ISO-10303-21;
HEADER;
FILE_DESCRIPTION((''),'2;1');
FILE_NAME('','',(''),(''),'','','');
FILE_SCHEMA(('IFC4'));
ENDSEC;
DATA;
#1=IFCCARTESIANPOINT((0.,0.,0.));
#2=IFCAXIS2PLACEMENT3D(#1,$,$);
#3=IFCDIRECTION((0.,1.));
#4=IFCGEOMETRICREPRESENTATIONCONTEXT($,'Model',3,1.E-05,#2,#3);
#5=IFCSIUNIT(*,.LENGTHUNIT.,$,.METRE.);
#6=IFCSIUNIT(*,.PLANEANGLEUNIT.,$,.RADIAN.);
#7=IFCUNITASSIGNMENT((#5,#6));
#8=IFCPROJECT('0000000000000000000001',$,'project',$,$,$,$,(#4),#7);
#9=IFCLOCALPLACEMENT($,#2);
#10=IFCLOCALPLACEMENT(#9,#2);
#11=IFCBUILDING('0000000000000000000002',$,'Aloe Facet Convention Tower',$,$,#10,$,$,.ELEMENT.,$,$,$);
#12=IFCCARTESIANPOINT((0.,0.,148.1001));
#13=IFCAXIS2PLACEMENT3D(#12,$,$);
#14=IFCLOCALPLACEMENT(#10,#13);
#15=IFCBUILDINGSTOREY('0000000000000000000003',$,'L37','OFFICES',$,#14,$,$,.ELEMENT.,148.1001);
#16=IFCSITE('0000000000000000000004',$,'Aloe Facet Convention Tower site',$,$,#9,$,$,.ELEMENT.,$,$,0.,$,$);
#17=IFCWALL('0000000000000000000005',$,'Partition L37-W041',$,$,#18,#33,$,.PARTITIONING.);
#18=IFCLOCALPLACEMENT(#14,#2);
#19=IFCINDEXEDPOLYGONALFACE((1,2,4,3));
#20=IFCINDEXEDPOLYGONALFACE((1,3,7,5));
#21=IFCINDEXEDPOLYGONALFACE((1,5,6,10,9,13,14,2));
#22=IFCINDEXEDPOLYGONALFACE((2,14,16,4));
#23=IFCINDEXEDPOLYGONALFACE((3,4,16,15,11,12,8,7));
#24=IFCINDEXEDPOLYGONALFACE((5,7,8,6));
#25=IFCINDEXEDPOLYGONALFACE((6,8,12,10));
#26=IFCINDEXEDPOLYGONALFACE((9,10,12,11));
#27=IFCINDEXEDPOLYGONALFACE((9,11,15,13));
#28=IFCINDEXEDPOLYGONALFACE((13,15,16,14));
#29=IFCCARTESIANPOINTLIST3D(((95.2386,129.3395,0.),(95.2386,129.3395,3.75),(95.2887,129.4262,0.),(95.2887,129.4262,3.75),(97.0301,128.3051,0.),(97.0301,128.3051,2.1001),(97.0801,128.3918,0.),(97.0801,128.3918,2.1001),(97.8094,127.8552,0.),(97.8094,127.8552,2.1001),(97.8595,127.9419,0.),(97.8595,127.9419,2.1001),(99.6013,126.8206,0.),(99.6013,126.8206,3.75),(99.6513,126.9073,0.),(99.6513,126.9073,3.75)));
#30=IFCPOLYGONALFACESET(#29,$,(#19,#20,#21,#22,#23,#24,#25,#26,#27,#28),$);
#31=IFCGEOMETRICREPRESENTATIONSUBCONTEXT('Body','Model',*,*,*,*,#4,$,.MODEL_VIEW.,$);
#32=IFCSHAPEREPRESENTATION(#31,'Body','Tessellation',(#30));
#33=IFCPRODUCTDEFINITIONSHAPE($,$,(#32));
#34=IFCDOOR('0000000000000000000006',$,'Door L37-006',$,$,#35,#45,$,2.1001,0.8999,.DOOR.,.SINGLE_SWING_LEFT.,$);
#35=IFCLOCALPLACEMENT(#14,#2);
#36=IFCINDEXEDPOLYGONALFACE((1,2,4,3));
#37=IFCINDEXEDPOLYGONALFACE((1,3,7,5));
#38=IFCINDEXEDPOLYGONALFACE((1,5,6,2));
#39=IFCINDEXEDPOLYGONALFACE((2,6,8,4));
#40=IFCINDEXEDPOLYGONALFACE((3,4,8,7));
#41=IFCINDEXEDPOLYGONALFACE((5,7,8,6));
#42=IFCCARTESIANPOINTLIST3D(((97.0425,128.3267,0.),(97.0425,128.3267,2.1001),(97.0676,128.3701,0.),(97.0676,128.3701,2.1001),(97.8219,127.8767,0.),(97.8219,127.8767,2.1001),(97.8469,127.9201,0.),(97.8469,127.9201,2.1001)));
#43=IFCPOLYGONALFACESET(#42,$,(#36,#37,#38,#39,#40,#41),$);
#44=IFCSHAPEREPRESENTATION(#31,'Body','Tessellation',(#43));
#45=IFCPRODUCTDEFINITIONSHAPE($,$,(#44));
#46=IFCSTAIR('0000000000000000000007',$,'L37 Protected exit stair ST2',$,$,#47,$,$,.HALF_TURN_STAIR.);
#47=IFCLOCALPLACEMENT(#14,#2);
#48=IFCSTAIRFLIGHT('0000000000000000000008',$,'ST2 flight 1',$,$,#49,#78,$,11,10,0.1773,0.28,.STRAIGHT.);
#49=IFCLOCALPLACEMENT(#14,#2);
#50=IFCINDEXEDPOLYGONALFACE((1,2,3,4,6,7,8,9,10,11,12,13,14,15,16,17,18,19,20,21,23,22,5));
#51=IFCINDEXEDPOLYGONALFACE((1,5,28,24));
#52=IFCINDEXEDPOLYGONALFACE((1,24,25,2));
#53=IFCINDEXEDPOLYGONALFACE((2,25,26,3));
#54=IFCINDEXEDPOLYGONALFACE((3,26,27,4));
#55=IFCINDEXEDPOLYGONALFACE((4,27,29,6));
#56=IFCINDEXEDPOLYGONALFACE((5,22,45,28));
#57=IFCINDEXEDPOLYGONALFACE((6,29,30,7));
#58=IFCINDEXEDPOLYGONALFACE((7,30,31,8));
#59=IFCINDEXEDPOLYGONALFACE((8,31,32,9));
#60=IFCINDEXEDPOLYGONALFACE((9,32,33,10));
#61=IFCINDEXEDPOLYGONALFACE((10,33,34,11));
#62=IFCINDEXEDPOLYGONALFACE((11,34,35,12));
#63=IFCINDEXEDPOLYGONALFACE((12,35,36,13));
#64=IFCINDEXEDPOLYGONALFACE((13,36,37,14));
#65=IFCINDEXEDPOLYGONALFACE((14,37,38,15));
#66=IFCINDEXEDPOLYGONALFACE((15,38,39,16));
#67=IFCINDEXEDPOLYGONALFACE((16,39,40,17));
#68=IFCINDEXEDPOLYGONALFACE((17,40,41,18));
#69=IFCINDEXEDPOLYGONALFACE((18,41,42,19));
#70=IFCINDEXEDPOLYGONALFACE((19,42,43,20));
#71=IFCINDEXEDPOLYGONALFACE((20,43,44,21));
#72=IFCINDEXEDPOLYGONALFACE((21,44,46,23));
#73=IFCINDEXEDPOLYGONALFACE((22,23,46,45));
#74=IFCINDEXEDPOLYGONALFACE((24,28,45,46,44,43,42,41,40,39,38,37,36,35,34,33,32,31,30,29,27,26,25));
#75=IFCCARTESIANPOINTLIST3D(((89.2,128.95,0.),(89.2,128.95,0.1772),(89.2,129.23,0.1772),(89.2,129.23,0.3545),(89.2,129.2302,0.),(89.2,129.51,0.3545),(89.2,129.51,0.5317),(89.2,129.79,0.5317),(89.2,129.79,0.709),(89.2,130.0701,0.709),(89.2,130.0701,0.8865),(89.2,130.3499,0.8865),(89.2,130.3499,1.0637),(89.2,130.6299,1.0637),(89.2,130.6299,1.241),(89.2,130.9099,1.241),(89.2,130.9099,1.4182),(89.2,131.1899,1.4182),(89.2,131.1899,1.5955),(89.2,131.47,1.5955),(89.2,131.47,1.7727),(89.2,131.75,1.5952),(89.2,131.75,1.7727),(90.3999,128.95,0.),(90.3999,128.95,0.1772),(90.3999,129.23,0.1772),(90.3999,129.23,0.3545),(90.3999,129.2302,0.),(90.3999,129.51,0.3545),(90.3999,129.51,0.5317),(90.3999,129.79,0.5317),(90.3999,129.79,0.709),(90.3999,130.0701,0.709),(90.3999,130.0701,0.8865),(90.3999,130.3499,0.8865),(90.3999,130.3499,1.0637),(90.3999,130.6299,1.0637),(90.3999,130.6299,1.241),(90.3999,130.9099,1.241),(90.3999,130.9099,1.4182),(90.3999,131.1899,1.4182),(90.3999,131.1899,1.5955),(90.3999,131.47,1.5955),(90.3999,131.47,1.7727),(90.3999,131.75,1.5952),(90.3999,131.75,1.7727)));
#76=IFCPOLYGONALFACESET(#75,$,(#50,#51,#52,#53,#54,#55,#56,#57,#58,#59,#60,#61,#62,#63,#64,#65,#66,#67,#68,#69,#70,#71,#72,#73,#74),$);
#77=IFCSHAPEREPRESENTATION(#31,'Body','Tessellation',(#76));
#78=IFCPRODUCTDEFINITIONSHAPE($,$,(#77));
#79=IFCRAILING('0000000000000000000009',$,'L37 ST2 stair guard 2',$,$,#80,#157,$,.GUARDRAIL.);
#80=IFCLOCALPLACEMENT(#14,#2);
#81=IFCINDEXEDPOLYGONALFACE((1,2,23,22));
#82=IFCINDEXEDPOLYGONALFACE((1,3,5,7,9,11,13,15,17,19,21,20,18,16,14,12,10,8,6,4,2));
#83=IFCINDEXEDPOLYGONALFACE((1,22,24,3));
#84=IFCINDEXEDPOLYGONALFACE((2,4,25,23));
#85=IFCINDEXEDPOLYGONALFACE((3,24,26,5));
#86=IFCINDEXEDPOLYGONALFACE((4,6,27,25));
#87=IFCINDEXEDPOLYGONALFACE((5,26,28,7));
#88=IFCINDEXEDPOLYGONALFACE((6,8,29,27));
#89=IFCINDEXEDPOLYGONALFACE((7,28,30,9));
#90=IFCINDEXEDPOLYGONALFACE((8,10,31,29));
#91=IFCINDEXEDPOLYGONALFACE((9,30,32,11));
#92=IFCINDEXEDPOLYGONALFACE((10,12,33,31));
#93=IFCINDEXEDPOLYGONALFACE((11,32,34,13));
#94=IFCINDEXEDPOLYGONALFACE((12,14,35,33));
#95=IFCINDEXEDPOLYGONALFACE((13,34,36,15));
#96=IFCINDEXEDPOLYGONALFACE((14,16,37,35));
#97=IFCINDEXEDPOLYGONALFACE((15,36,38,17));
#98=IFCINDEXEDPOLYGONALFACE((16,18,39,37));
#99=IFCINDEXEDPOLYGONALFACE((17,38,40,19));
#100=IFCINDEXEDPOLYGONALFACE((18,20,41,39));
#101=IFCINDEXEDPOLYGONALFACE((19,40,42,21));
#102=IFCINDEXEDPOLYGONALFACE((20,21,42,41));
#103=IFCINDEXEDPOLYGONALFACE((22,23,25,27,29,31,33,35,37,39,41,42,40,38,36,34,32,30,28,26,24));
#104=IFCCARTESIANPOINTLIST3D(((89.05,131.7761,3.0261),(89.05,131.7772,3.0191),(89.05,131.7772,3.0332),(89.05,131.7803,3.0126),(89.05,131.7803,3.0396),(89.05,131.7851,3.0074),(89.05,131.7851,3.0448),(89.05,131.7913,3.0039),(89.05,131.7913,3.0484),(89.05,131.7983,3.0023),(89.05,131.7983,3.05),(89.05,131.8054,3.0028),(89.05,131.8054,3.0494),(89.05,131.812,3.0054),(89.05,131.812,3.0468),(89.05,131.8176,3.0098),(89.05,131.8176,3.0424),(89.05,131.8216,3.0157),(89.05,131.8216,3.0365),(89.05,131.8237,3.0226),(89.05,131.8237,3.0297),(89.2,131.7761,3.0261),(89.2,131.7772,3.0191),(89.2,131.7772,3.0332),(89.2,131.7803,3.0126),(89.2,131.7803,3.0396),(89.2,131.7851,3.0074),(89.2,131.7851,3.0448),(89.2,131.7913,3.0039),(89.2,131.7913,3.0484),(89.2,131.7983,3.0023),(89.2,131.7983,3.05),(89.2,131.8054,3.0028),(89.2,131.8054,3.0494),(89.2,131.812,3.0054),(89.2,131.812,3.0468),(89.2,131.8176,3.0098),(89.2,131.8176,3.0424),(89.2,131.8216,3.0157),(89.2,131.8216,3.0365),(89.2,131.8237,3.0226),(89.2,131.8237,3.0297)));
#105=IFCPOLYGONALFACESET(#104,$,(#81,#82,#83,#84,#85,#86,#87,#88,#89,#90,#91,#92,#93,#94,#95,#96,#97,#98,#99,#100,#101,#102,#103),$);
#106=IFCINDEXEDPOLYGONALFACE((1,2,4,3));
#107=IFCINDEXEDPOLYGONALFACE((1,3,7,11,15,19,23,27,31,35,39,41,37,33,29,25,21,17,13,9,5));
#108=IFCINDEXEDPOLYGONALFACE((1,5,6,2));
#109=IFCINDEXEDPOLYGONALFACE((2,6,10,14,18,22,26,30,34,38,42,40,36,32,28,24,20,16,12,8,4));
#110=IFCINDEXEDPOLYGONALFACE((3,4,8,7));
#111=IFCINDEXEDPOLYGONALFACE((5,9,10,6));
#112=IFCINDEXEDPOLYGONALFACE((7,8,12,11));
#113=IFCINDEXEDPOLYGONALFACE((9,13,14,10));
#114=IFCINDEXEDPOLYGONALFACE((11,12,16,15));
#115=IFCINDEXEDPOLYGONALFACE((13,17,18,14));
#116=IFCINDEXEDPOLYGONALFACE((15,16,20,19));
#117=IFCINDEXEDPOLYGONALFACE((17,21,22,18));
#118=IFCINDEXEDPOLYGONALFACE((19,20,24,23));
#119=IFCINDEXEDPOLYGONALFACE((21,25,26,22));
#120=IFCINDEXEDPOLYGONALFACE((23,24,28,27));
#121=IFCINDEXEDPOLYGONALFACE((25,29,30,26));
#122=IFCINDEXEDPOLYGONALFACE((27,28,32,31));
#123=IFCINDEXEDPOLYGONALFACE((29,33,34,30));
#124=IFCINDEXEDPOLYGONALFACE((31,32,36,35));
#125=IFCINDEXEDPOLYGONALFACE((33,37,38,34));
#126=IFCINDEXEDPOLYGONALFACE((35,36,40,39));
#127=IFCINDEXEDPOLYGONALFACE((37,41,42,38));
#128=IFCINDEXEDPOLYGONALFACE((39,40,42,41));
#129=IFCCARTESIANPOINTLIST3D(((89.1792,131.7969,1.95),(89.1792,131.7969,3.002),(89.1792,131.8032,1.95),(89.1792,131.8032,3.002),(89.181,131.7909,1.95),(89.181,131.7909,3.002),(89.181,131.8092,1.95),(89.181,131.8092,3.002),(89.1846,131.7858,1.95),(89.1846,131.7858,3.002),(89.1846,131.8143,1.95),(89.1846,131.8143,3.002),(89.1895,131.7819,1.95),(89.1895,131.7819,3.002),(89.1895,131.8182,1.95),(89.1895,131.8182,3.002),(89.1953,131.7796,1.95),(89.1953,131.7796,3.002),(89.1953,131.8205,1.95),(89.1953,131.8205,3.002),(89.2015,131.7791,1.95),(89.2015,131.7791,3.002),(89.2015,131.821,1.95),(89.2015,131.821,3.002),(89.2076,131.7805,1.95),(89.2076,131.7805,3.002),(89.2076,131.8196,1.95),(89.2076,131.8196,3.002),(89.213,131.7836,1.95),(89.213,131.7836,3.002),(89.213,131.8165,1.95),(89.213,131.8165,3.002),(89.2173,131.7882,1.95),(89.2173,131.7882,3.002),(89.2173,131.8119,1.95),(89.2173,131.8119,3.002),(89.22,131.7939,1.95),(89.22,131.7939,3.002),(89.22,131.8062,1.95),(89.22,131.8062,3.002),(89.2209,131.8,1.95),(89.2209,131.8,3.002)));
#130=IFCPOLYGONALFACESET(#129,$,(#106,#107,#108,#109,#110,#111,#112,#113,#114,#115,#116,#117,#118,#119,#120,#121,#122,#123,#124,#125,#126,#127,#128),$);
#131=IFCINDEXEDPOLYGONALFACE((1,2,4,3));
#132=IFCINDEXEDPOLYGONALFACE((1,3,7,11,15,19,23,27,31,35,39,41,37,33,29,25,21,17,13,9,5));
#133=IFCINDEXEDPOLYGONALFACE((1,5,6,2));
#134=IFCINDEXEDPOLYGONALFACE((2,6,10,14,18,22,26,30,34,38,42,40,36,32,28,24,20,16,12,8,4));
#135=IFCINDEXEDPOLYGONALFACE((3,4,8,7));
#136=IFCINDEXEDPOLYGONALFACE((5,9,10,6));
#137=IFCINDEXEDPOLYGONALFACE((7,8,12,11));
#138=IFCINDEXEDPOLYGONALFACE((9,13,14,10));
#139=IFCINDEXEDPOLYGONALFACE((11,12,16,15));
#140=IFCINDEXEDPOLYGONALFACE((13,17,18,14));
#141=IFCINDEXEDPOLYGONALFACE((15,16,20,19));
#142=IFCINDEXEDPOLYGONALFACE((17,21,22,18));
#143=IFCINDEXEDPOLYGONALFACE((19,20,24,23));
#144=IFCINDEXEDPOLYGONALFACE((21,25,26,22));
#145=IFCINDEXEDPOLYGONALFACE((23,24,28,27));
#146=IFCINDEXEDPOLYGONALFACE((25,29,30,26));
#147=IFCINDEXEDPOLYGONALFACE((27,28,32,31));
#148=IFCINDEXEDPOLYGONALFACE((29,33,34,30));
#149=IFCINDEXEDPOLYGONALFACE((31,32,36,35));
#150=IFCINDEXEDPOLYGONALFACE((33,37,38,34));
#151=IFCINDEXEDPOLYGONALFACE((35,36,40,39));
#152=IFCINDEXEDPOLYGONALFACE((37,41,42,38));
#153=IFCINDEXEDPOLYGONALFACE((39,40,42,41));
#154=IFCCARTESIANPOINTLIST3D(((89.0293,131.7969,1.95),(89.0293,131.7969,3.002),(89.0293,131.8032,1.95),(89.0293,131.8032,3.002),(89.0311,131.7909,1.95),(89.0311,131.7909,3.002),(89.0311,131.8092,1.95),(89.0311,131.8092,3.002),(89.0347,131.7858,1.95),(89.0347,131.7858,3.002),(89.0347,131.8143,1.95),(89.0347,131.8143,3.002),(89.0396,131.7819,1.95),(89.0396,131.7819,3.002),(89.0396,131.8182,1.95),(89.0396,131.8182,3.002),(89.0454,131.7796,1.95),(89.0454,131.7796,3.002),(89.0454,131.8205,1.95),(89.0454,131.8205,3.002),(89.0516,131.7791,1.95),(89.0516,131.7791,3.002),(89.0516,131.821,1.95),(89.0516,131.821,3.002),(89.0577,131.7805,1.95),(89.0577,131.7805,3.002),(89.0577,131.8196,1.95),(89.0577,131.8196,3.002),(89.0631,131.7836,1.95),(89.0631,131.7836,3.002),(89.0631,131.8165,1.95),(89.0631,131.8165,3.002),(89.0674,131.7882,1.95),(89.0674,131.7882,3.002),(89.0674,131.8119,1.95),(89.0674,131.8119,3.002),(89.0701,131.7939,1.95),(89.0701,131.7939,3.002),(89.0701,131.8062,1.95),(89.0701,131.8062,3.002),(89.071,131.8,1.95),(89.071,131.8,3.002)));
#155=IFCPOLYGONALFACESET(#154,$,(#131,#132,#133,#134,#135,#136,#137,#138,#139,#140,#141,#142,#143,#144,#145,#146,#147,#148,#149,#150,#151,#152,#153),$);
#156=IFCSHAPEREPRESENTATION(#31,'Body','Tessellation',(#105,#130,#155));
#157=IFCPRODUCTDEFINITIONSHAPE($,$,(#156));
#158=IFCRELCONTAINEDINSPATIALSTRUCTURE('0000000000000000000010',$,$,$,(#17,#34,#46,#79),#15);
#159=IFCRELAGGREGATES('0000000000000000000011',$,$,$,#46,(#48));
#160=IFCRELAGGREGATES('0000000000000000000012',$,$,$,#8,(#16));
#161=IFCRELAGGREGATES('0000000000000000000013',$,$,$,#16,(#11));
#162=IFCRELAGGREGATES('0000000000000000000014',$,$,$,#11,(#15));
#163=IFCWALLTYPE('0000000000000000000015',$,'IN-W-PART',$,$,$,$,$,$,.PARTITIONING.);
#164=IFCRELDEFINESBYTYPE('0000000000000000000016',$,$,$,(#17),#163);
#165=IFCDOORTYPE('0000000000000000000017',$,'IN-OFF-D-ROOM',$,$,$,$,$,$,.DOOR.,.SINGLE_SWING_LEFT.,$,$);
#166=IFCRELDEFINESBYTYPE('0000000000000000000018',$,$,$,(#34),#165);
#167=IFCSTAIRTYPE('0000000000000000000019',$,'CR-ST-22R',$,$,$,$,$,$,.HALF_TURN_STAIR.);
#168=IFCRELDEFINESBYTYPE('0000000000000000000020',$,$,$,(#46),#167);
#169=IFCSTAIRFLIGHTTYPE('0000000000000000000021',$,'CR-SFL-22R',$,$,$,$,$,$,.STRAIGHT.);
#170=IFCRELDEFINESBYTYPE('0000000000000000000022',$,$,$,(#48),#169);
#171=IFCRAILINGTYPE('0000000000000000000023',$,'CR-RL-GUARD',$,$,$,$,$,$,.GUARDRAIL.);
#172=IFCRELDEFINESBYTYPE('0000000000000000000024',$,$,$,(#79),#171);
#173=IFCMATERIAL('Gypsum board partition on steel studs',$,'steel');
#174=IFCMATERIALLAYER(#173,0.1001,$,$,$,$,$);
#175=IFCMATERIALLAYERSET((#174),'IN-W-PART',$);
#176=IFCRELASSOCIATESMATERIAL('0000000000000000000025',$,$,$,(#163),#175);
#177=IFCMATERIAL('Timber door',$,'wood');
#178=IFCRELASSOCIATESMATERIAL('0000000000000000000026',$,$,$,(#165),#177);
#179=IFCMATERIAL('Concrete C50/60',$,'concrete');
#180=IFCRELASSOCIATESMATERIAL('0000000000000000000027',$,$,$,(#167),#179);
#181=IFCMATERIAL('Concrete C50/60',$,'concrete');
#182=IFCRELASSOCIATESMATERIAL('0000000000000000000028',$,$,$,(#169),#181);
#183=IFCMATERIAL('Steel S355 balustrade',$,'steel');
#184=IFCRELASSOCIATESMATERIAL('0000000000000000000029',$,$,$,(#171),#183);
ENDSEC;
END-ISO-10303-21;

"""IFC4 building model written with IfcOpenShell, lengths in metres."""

from ifc_helpers import new_model, si_unit, direction, frame, frame_2d, origin, origin_2d, place, context, subcontext, project, spatial, polyline, rectangle, circle, outline, extrude, material, layer, layer_set, type_object, element, fill, aggregate, save


model = new_model("IFC4")

# Units and contexts
model_context = context("Model", 3, precision=1e-05, world=origin(), true_north=direction((0.0, 1.0)))
body_context = subcontext(model_context, "Body", "Model", "MODEL_VIEW")
ifc_project = project(units=[si_unit("LENGTHUNIT", "METRE"), si_unit("PLANEANGLEUNIT", "RADIAN")], contexts=[model_context])

# Site, building, storey
site_placement = place(None, origin())
site = spatial("IfcSite", under=ifc_project, at=site_placement, Name="Aloe Facet Convention Tower site", CompositionType="ELEMENT", RefElevation=0.0)
building_placement = place(site_placement, origin())
building = spatial("IfcBuilding", under=site, at=building_placement, Name="Aloe Facet Convention Tower", CompositionType="ELEMENT")
storey_placement = place(building_placement, frame((0.0, 0.0, 148.1001)))
storey = spatial("IfcBuildingStorey", under=building, at=storey_placement, Name="L37", Description="OFFICES", CompositionType="ELEMENT", Elevation=148.1001)

# Wall, opening, door
ifc_material_1 = material(Name="Gypsum board partition on steel studs", Category="steel")
ifc_layer_1 = layer(ifc_material_1, 0.1001)
ifc_layer_set_1 = layer_set([ifc_layer_1], Name="IN-W-PART")
wall_type_1 = type_object("IfcWallType", Name="IN-W-PART", PredefinedType="PARTITIONING", material=ifc_layer_set_1)
wall_1_placement = place(storey_placement, frame((95.2637, 129.3828, 0.0), z_axis=(0.0, 0.0, 1.0), x_axis=(0.866019, -0.500012, 0.0)))
wall_1 = element("IfcWall", 1, at=wall_1_placement, inside=storey, type_object=wall_type_1, Name="Partition L37-W041", PredefinedType="PARTITIONING", context=body_context, shape_type="SweptSolid", body=[
    extrude(rectangle(XDim=5.0376, YDim=0.1001, at=frame_2d((2.5188, 0.0))), origin(), (0.0, 0.0, 1.0), 3.75),
])
opening_1_placement = place(wall_1_placement, frame((2.0686, 0.0, 0.0)))
opening_1 = element("IfcOpeningElement", 2, at=opening_1_placement, cuts=wall_1, PredefinedType="OPENING", context=body_context, shape_type="SweptSolid", body=[
    extrude(rectangle(XDim=0.8999, YDim=2.1001, at=frame_2d((0.45, 1.05))), frame((0.0, 0.0601, 0.0), z_axis=(0.0, -1.0, 0.0), x_axis=(1.0, 0.0, 0.0)), (0.0, 0.0, 1.0), 0.1201),
])
ifc_material_2 = material(Name="Timber door", Category="wood")
door_type = type_object("IfcDoorType", Name="IN-OFF-D-ROOM", OperationType="SINGLE_SWING_LEFT", PredefinedType="DOOR", material=ifc_material_2)
door_placement = place(opening_1_placement, origin())
door = element("IfcDoor", 3, at=door_placement, inside=storey, type_object=door_type, Name="Door L37-006", OperationType="SINGLE_SWING_LEFT", OverallHeight=2.1001, OverallWidth=0.8999, PredefinedType="DOOR", context=body_context, shape_type="SweptSolid", body=[
    extrude(rectangle(XDim=0.8999, YDim=2.1001, at=frame_2d((0.45, 1.05))), frame((0.0, 0.0249, 0.0), z_axis=(0.0, -1.0, 0.0), x_axis=(1.0, 0.0, 0.0)), (0.0, 0.0, 1.0), 0.05),
])
fill(opening_1, door)

# Stair, stair flight
ifc_material_3 = material(Name="Concrete C50/60", Category="concrete")
stair_type = type_object("IfcStairType", Name="CR-ST-22R", PredefinedType="HALF_TURN_STAIR", material=ifc_material_3)
stair_placement = place(storey_placement, origin())
stair = element("IfcStair", 4, at=stair_placement, inside=storey, type_object=stair_type, Name="L37 Protected exit stair ST2", PredefinedType="HALF_TURN_STAIR")
ifc_material_4 = material(Name="Concrete C50/60", Category="concrete")
stair_flight_type = type_object("IfcStairFlightType", Name="CR-SFL-22R", PredefinedType="STRAIGHT", material=ifc_material_4)
stair_flight_placement = place(storey_placement, frame((89.8, 128.95, 0.0), z_axis=(0.0, 0.0, 1.0), x_axis=(0.0, 1.0, 0.0)))
stair_flight = element("IfcStairFlight", 5, at=stair_flight_placement, type_object=stair_flight_type, Name="ST2 flight 1", NumberOfRisers=11, NumberOfTreads=10, PredefinedType="STRAIGHT", RiserHeight=0.1773, TreadLength=0.28, context=body_context, shape_type="SweptSolid", body=[
    extrude(outline(polyline([(0.0, 0.0), (0.0, 0.1772), (0.28, 0.1772), (0.28, 0.3545), (0.5601, 0.3545), (0.5601, 0.5317), (0.8401, 0.5317), (0.8401, 0.709), (1.1201, 0.709), (1.1201, 0.8865), (1.3999, 0.8865), (1.3999, 1.0637), (1.6799, 1.0637), (1.6799, 1.241), (1.96, 1.241), (1.96, 1.4182), (2.24, 1.4182), (2.24, 1.5955), (2.52, 1.5955), (2.52, 1.7727), (2.8, 1.7727), (2.8, 1.95), (2.8, 1.5952), (0.2803, 0.0), (0.0, 0.0)])), frame((0.0, 0.6001, 0.0), z_axis=(0.0, -1.0, 0.0), x_axis=(1.0, 0.0, 0.0)), (0.0, 0.0, 1.0), 1.2),
])
aggregate(stair, [stair_flight])

# Railing
ifc_material_5 = material(Name="Steel S355 balustrade", Category="steel")
railing_type_1 = type_object("IfcRailingType", Name="CR-RL-GUARD", PredefinedType="GUARDRAIL", material=ifc_material_5)
railing_1_placement = place(storey_placement, frame((89.2, 131.8, 1.95)))
element("IfcRailing", 6, at=railing_1_placement, inside=storey, type_object=railing_type_1, Name="L37 ST2 stair guard 2", PredefinedType="GUARDRAIL", context=body_context, shape_type="SweptSolid", body=[
    extrude(circle(Radius=0.0239, at=origin_2d()), frame((0.0, 0.0, 1.0762), z_axis=(-1.0, 0.0, 0.0), x_axis=(0.0, -1.0, 0.0)), (0.0, 0.0, 1.0), 0.1499),
    extrude(circle(Radius=0.021, at=origin_2d()), origin(), (0.0, 0.0, 1.0), 1.052),
    extrude(circle(Radius=0.021, at=origin_2d()), frame((-0.1499, 0.0, 0.0)), (0.0, 0.0, 1.0), 1.052),
])

save(model, "model.ifc")
